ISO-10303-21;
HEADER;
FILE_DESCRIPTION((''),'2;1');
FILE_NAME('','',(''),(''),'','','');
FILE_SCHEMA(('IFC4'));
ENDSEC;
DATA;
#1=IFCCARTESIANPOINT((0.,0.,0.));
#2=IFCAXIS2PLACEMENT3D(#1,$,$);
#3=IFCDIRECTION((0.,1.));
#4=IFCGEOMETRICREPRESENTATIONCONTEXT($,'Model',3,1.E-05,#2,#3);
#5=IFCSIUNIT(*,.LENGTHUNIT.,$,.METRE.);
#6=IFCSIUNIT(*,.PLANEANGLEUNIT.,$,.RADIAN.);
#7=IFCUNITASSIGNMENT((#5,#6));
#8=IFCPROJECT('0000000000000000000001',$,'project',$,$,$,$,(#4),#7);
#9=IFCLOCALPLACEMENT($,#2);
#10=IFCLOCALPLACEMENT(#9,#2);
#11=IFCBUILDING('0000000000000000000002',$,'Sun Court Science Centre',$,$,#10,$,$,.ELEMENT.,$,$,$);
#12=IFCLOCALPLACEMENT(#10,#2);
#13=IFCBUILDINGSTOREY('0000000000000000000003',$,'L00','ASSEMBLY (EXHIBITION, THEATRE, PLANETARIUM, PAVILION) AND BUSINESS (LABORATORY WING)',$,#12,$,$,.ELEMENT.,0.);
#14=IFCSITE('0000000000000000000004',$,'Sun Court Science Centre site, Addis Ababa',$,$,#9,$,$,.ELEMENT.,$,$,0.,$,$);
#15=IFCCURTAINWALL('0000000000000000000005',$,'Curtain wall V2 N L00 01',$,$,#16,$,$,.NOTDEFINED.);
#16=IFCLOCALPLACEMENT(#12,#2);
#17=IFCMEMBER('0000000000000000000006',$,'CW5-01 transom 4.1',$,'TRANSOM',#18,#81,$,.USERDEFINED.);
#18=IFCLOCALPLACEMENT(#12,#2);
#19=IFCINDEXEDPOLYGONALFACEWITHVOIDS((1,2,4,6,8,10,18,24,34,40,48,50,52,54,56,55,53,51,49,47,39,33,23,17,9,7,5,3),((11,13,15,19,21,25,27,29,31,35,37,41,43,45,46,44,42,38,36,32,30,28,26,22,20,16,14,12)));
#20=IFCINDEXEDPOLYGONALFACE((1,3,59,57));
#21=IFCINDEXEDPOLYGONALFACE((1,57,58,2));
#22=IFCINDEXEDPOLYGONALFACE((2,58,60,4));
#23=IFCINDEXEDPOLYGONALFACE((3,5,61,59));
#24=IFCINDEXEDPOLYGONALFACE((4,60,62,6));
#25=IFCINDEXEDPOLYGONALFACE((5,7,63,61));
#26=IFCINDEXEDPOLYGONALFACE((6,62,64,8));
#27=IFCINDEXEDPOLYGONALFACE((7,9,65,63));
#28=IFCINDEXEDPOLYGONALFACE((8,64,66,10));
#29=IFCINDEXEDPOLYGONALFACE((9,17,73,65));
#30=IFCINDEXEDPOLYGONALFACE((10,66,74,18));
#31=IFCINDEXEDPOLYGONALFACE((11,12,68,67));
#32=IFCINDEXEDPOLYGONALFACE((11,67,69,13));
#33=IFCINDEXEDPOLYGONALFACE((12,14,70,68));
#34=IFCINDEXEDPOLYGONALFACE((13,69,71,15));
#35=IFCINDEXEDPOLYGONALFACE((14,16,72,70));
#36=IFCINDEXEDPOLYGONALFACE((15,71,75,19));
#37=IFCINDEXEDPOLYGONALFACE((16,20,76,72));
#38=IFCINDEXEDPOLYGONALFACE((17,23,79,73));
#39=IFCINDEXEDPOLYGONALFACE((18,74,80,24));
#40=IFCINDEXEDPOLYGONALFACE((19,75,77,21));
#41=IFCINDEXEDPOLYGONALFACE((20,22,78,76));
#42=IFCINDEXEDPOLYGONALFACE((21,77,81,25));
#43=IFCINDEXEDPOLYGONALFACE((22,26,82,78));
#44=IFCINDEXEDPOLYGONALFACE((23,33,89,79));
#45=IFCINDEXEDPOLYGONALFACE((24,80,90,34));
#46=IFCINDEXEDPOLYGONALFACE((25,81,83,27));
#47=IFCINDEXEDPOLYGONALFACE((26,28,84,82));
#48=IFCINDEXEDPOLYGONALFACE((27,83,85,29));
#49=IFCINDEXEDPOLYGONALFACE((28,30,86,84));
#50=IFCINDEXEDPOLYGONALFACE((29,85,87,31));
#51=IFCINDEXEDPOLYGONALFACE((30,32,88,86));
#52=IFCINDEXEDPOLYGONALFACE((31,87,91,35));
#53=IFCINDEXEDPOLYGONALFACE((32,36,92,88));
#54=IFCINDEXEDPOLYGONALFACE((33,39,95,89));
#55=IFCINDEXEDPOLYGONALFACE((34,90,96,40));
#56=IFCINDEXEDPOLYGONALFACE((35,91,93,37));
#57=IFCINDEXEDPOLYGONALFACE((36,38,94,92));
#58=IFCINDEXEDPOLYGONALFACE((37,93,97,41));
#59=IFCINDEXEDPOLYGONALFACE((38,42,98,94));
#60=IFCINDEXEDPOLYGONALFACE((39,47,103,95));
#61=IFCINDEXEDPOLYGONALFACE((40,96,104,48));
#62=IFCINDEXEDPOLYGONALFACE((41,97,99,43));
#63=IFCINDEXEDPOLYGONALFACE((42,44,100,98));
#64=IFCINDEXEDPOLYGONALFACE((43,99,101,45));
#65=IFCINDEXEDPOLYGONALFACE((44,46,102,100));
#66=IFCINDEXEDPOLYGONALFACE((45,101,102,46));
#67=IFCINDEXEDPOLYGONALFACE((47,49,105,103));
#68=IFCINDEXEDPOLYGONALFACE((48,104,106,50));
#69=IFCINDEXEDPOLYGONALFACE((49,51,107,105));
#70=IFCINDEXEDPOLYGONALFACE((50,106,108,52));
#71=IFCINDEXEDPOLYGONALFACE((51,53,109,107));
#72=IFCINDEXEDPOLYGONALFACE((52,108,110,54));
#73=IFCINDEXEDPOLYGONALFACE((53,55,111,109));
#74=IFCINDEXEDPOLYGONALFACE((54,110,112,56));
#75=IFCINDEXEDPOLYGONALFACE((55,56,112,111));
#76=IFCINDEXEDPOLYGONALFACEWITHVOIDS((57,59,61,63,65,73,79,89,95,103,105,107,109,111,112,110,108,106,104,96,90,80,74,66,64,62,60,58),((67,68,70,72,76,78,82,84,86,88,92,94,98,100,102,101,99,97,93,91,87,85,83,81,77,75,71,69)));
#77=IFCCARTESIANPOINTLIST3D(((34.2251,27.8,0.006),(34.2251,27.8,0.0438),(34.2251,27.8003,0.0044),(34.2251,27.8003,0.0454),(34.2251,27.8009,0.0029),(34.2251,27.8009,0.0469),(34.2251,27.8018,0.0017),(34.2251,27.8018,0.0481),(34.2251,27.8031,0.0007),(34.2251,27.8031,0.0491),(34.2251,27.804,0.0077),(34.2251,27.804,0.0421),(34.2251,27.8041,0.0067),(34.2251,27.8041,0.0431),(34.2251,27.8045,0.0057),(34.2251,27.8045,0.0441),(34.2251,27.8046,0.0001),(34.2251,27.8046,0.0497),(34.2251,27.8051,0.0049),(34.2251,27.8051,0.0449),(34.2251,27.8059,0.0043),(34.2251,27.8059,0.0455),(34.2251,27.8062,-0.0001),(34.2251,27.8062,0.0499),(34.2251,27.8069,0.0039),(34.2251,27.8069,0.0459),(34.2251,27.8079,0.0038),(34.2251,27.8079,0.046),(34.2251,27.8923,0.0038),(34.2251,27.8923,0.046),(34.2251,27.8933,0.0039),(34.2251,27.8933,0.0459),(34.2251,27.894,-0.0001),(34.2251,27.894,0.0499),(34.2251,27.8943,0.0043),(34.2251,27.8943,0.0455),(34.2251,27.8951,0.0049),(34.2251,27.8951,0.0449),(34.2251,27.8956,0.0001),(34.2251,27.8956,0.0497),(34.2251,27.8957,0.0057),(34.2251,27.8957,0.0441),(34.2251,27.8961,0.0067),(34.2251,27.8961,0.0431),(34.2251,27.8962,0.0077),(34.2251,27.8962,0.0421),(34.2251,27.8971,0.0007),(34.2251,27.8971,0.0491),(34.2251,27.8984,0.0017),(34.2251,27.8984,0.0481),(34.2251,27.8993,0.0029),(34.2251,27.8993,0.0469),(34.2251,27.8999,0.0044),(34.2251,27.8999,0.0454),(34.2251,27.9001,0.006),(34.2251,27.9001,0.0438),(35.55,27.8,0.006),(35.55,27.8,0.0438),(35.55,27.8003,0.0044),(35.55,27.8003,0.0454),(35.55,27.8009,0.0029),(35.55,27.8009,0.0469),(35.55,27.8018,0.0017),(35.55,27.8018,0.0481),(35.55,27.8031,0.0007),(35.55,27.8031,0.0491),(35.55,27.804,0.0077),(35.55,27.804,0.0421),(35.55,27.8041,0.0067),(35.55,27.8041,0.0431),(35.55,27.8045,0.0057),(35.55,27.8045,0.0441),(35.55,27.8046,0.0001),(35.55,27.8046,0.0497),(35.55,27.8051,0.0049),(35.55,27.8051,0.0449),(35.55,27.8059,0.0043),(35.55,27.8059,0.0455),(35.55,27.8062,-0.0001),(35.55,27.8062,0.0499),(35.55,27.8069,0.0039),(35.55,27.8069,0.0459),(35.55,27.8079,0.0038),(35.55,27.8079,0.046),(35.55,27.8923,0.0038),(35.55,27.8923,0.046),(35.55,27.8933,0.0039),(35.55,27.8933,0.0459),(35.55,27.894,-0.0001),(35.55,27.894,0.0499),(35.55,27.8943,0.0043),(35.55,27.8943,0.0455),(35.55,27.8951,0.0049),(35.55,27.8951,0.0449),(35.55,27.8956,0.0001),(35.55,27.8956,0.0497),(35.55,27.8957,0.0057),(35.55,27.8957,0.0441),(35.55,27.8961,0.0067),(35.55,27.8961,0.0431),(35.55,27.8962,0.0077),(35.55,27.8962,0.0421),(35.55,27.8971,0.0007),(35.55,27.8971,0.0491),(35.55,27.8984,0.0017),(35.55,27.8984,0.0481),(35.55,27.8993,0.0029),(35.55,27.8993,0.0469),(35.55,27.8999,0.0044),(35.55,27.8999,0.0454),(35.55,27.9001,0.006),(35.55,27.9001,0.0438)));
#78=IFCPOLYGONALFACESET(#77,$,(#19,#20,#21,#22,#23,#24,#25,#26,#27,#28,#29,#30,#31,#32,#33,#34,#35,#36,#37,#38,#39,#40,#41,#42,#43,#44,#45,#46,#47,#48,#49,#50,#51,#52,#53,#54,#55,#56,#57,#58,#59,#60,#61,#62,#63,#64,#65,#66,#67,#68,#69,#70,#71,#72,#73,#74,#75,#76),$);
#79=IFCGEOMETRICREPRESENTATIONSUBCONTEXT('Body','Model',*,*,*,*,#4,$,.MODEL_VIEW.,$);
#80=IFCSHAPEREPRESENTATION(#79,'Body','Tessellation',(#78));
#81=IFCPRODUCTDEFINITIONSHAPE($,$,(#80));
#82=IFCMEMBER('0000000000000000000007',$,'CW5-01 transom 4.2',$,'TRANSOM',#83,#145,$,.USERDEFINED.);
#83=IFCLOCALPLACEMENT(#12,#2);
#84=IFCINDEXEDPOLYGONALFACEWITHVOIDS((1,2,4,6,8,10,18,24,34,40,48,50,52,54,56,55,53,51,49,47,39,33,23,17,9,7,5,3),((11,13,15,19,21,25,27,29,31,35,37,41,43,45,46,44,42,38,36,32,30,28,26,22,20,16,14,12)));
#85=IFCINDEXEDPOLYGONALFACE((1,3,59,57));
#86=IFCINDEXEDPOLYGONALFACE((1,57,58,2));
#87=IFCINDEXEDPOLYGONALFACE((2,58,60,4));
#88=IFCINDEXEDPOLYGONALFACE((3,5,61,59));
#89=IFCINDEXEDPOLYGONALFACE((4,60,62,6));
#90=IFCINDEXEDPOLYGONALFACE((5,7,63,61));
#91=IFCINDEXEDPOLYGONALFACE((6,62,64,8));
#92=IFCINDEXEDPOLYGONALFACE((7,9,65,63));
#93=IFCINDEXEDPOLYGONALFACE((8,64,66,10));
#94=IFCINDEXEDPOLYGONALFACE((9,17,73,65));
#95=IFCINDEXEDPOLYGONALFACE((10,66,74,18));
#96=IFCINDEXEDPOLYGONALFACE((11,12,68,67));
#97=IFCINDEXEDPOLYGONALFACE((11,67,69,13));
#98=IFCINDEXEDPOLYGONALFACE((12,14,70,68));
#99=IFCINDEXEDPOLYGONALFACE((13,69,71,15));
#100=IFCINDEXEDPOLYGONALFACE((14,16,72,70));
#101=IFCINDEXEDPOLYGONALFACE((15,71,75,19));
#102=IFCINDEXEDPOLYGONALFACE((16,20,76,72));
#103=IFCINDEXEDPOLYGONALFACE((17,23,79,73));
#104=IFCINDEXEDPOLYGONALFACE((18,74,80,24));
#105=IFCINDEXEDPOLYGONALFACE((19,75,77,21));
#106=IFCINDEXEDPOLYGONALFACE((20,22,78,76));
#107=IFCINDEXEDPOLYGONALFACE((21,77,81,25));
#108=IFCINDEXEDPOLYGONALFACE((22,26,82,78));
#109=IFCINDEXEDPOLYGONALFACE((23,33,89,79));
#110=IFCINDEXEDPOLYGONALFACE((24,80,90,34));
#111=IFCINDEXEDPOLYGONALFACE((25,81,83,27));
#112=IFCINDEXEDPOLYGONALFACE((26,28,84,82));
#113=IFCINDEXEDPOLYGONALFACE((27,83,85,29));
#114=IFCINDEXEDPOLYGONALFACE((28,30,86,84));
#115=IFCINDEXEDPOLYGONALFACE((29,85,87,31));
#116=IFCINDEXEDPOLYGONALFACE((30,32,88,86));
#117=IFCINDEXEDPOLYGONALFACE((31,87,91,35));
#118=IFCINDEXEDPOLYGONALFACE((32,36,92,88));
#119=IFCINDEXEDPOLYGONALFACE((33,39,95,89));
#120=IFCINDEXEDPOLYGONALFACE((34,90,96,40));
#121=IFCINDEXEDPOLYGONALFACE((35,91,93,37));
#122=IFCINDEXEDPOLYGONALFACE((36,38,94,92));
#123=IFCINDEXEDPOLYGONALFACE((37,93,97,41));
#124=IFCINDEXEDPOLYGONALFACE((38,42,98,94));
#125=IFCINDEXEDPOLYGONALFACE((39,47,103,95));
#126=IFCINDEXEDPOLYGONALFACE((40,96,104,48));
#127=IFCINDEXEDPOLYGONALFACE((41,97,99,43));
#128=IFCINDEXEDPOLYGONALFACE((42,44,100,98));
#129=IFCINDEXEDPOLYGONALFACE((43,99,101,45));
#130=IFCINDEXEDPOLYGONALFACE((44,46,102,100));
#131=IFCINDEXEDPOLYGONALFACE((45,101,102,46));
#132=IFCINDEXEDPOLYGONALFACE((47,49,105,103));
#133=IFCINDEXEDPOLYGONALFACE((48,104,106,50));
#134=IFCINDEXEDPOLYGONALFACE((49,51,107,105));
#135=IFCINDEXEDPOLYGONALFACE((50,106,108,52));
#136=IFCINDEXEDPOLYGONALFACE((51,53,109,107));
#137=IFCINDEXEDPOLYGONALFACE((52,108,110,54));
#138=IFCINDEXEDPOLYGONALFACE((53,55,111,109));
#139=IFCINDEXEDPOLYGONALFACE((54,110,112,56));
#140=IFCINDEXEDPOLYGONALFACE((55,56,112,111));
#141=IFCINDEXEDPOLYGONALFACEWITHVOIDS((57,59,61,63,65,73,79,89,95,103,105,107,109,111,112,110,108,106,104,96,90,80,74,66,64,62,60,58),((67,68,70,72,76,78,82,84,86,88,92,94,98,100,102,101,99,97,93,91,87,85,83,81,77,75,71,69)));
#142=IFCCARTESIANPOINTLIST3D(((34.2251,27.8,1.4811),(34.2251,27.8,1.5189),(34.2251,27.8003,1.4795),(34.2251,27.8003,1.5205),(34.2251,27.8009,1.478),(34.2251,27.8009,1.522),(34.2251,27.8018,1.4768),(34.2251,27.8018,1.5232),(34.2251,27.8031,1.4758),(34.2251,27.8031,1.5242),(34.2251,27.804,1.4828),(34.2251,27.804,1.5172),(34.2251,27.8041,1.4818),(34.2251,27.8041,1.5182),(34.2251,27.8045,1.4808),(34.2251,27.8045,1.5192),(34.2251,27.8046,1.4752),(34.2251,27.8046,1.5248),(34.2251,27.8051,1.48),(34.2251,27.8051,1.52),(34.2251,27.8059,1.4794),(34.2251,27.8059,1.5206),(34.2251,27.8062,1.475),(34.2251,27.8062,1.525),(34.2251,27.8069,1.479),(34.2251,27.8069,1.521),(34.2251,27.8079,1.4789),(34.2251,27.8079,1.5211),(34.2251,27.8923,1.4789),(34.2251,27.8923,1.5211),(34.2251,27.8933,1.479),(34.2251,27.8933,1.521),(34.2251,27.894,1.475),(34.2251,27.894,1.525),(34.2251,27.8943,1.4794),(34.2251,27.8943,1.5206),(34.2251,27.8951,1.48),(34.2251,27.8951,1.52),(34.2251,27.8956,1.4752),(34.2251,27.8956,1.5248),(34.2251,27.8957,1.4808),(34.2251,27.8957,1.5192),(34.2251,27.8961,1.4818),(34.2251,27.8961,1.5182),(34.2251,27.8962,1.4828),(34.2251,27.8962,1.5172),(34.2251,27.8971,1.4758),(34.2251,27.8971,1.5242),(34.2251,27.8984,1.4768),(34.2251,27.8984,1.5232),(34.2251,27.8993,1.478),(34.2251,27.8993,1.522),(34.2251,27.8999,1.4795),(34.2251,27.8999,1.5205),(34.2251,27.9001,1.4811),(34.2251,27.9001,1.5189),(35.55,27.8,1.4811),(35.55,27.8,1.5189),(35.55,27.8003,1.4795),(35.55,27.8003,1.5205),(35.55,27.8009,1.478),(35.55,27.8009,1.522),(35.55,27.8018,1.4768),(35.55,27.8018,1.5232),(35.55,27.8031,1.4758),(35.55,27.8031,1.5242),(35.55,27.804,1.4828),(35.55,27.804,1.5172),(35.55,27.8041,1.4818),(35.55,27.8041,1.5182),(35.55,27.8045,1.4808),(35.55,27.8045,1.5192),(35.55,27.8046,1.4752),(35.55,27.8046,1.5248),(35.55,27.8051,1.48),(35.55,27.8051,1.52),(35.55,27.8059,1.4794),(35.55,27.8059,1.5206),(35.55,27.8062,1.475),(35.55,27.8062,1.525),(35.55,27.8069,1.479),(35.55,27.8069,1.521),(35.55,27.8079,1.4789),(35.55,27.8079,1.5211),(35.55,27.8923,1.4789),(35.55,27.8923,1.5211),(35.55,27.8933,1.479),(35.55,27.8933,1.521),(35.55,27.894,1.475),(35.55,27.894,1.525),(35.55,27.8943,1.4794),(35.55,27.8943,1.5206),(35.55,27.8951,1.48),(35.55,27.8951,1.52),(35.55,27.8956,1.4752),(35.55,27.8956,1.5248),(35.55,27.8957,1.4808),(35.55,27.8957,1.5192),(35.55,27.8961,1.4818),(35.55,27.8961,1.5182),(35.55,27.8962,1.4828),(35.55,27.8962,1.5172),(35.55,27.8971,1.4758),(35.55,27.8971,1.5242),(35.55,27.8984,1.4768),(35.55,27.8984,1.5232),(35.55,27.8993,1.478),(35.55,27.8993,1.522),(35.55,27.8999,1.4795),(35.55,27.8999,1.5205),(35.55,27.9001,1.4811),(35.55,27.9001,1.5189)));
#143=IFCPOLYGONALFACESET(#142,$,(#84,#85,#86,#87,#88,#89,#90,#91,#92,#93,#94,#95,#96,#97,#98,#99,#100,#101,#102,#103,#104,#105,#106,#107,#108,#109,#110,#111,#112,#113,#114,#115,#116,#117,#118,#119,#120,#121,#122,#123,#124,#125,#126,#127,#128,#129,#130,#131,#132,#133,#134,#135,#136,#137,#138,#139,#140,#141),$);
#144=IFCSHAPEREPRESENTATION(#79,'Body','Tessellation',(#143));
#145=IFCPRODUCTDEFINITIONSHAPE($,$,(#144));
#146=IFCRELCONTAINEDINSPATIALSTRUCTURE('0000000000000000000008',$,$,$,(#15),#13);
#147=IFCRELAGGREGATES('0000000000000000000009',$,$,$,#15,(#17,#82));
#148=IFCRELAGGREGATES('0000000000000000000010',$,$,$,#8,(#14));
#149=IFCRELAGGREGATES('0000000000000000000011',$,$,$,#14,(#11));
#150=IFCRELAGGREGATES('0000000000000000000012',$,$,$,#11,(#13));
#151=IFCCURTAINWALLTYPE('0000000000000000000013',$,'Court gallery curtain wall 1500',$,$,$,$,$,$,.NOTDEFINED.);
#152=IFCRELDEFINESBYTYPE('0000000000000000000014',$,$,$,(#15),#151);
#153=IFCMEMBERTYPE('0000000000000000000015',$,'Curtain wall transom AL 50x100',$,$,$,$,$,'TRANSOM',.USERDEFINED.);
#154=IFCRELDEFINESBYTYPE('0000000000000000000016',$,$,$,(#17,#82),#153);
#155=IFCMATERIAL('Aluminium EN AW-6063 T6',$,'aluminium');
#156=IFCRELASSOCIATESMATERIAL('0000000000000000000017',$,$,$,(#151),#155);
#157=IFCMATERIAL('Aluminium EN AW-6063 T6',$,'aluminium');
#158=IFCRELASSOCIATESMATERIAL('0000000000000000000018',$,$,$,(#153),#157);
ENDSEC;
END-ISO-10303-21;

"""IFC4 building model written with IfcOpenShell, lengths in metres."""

from ifc_helpers import new_model, si_unit, direction, frame, origin, origin_2d, place, context, subcontext, project, spatial, hollow_rectangle, extrude, material, material_profile, profile_set, type_object, element, aggregate, save


model = new_model("IFC4")

# Units and contexts
model_context = context("Model", 3, precision=1e-05, world=origin(), true_north=direction((0.0, 1.0)))
body_context = subcontext(model_context, "Body", "Model", "MODEL_VIEW")
ifc_project = project(units=[si_unit("LENGTHUNIT", "METRE"), si_unit("PLANEANGLEUNIT", "RADIAN")], contexts=[model_context])

# Site, building, storey
site_placement = place(None, origin())
site = spatial("IfcSite", under=ifc_project, at=site_placement, Name="Sun Court Science Centre site, Addis Ababa", CompositionType="ELEMENT", RefElevation=0.0)
building_placement = place(site_placement, origin())
building = spatial("IfcBuilding", under=site, at=building_placement, Name="Sun Court Science Centre", CompositionType="ELEMENT")
storey_placement = place(building_placement, origin())
storey = spatial("IfcBuildingStorey", under=building, at=storey_placement, Name="L00", Description="ASSEMBLY (EXHIBITION, THEATRE, PLANETARIUM, PAVILION) AND BUSINESS (LABORATORY WING)", CompositionType="ELEMENT", Elevation=0.0)

# Curtain wall, members
ifc_material_1 = material(Name="Aluminium EN AW-6063 T6", Category="aluminium")
curtain_wall_type = type_object("IfcCurtainWallType", Name="Court gallery curtain wall 1500", PredefinedType="NOTDEFINED", material=ifc_material_1)
curtain_wall_placement = place(storey_placement, origin())
curtain_wall = element("IfcCurtainWall", 1, at=curtain_wall_placement, inside=storey, type_object=curtain_wall_type, Name="Curtain wall V2 N L00 01", PredefinedType="NOTDEFINED")
ifc_material_2 = material(Name="Aluminium EN AW-6063 T6", Category="aluminium")
ifc_material_profile_1 = material_profile(ifc_material_2, hollow_rectangle(XDim=0.05, YDim=0.1001, WallThickness=0.0039, InnerFilletRadius=0.0039, OuterFilletRadius=0.0061, at=origin_2d()), Name="AL 50x100x4")
ifc_profile_set_1 = profile_set([ifc_material_profile_1], Name="Aluminium EN AW-6063 T6")
member_type_1 = type_object("IfcMemberType", Name="Curtain wall transom AL 50x100", ElementType="TRANSOM", PredefinedType="USERDEFINED", material=ifc_profile_set_1)
member_1_placement = place(storey_placement, frame((34.2251, 27.8501, 0.0249), z_axis=(1.0, 0.0, 0.0), x_axis=(0.0, 0.0, 1.0)))
member_1 = element("IfcMember", 2, at=member_1_placement, type_object=member_type_1, Name="CW5-01 transom 4.1", ObjectType="TRANSOM", PredefinedType="USERDEFINED", context=body_context, shape_type="SweptSolid", body=[
    extrude(hollow_rectangle(XDim=0.05, YDim=0.1001, WallThickness=0.0039, InnerFilletRadius=0.0039, OuterFilletRadius=0.0061, at=origin_2d()), origin(), (0.0, 0.0, 1.0), 1.325),
])
member_2_placement = place(storey_placement, frame((34.2251, 27.8501, 1.5), z_axis=(1.0, 0.0, 0.0), x_axis=(0.0, 0.0, 1.0)))
member_2 = element("IfcMember", 3, at=member_2_placement, type_object=member_type_1, Name="CW5-01 transom 4.2", ObjectType="TRANSOM", PredefinedType="USERDEFINED", context=body_context, shape_type="SweptSolid", body=[
    extrude(hollow_rectangle(XDim=0.05, YDim=0.1001, WallThickness=0.0039, InnerFilletRadius=0.0039, OuterFilletRadius=0.0061, at=origin_2d()), origin(), (0.0, 0.0, 1.0), 1.325),
])
aggregate(curtain_wall, [member_1, member_2])

save(model, "model.ifc")
